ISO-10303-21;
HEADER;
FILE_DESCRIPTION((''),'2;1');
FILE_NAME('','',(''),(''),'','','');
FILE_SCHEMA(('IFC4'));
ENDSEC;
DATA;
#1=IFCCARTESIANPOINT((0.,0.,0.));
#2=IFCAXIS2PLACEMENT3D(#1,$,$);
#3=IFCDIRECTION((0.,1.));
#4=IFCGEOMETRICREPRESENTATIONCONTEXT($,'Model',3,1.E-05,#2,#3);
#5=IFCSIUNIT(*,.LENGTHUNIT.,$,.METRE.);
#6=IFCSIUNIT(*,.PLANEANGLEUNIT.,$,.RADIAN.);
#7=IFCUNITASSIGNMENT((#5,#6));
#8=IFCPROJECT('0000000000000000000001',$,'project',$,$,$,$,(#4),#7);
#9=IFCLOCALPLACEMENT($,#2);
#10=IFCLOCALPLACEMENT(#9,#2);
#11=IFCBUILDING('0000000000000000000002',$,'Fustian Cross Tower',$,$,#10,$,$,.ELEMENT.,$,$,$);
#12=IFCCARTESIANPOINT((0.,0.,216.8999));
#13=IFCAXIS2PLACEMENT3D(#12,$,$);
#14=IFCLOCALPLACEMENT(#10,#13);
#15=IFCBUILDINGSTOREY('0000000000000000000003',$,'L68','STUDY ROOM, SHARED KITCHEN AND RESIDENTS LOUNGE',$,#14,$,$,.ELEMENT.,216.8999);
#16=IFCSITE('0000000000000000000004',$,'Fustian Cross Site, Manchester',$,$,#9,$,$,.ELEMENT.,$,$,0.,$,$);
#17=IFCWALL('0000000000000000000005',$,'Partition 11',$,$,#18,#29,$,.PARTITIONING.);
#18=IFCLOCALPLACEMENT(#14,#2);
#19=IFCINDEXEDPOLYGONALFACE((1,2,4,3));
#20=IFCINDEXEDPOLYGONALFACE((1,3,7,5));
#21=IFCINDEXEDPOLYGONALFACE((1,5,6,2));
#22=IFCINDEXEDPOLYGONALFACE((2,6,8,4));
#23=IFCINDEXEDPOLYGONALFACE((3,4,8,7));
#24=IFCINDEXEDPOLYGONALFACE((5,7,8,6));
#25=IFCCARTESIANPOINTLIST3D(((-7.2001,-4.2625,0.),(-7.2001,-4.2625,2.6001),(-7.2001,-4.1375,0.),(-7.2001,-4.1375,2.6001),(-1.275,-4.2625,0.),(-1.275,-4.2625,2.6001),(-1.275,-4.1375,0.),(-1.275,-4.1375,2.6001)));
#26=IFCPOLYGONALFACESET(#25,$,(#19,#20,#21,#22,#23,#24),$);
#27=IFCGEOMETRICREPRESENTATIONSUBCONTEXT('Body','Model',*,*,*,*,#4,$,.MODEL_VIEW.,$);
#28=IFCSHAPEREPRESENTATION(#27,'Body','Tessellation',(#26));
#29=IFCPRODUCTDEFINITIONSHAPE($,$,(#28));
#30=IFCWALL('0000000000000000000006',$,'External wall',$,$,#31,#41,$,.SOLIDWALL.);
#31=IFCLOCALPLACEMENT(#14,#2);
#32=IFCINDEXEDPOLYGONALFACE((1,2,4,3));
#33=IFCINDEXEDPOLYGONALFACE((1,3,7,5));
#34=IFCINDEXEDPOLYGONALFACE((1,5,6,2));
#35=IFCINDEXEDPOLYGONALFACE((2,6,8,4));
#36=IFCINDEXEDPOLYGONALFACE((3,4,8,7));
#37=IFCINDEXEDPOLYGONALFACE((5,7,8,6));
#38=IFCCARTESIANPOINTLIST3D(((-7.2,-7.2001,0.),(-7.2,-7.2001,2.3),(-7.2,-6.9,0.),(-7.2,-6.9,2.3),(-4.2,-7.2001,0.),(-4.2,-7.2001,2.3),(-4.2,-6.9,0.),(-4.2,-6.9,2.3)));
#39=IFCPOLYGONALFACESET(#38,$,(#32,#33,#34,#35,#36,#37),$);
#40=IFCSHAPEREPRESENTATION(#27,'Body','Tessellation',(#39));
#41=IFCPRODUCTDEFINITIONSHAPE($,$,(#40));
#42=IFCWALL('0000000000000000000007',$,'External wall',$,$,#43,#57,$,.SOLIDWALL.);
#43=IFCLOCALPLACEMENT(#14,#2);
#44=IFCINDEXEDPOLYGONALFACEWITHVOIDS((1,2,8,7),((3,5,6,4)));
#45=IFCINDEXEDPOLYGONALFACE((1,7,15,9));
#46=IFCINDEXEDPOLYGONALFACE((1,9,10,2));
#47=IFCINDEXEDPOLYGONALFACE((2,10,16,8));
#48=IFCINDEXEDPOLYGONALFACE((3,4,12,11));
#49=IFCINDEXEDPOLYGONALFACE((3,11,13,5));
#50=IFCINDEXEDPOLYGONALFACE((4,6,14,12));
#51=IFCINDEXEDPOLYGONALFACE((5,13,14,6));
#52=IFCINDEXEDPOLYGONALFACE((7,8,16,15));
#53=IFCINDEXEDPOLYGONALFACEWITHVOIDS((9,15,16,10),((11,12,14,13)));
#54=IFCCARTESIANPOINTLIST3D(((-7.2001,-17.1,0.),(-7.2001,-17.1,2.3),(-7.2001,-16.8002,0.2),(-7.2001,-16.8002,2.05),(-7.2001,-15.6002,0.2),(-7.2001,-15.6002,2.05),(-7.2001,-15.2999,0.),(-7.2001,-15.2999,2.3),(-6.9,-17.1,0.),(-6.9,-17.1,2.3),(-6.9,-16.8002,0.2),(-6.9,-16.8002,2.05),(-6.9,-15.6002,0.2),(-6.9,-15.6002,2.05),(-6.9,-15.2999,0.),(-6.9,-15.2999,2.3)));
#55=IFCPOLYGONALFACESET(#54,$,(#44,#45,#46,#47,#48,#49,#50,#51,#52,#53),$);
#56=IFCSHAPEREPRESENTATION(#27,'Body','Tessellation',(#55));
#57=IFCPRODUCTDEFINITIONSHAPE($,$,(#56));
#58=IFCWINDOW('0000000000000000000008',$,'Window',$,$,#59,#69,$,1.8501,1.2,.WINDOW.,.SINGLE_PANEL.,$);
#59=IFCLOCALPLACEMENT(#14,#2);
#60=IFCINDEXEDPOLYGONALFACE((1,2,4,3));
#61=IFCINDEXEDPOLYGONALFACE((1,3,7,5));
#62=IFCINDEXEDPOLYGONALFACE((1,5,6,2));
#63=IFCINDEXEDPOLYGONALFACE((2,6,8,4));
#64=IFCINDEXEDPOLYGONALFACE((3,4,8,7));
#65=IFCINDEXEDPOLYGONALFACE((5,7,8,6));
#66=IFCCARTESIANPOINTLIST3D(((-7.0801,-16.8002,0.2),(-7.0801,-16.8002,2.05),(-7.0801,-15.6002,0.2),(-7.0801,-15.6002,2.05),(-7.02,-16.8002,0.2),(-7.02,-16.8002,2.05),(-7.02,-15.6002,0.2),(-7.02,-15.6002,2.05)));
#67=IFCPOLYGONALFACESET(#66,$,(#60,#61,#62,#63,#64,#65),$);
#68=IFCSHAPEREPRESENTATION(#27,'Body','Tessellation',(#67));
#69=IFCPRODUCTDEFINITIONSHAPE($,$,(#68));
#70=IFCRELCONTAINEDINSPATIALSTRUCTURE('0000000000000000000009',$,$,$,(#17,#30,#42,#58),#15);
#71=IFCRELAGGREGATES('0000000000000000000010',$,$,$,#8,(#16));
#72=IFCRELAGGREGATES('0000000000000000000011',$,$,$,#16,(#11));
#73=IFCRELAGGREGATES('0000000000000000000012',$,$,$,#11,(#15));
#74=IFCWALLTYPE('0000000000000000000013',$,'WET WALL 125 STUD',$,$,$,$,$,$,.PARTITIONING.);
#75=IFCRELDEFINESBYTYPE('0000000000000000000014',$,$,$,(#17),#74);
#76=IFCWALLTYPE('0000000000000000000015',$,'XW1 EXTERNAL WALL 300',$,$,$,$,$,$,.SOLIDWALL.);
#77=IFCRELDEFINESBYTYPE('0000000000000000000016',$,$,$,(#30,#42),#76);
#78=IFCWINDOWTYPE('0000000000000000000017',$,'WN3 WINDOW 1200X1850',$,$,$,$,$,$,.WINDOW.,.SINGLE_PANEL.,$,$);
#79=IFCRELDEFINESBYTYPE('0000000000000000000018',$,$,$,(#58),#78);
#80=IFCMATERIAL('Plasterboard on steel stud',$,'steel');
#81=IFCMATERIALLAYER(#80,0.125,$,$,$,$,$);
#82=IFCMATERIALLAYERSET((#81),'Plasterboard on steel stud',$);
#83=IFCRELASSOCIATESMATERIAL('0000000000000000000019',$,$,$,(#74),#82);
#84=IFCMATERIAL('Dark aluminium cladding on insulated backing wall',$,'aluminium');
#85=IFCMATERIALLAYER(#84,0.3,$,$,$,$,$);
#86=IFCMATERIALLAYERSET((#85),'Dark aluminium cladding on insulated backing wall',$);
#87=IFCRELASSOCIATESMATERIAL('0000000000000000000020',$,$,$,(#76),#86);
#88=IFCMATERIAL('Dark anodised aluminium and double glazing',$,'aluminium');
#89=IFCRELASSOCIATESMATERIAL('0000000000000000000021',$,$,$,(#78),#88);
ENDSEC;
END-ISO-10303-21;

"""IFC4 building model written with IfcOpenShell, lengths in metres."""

from ifc_helpers import new_model, si_unit, direction, frame, frame_2d, origin, place, context, subcontext, project, spatial, rectangle, extrude, material, layer, layer_set, type_object, element, fill, save


model = new_model("IFC4")

# Units and contexts
model_context = context("Model", 3, precision=1e-05, world=origin(), true_north=direction((0.0, 1.0)))
body_context = subcontext(model_context, "Body", "Model", "MODEL_VIEW")
ifc_project = project(units=[si_unit("LENGTHUNIT", "METRE"), si_unit("PLANEANGLEUNIT", "RADIAN")], contexts=[model_context])

# Site, building, storey
site_placement = place(None, origin())
site = spatial("IfcSite", under=ifc_project, at=site_placement, Name="Fustian Cross Site, Manchester", CompositionType="ELEMENT", RefElevation=0.0)
building_placement = place(site_placement, origin())
building = spatial("IfcBuilding", under=site, at=building_placement, Name="Fustian Cross Tower", CompositionType="ELEMENT")
storey_placement = place(building_placement, frame((0.0, 0.0, 216.8999)))
storey = spatial("IfcBuildingStorey", under=building, at=storey_placement, Name="L68", Description="STUDY ROOM, SHARED KITCHEN AND RESIDENTS LOUNGE", CompositionType="ELEMENT", Elevation=216.8999)

# Walls
ifc_material_1 = material(Name="Plasterboard on steel stud", Category="steel")
ifc_layer_1 = layer(ifc_material_1, 0.125)
ifc_layer_set_1 = layer_set([ifc_layer_1], Name="Plasterboard on steel stud")
wall_type_1 = type_object("IfcWallType", Name="WET WALL 125 STUD", PredefinedType="PARTITIONING", material=ifc_layer_set_1)
wall_1_placement = place(storey_placement, frame((-7.2, -4.2, 0.0), z_axis=(0.0, 0.0, 1.0), x_axis=(1.0, 0.0, 0.0)))
element("IfcWall", 1, at=wall_1_placement, inside=storey, type_object=wall_type_1, Name="Partition 11", PredefinedType="PARTITIONING", context=body_context, shape_type="SweptSolid", body=[
    extrude(rectangle(XDim=5.925, YDim=0.125, at=frame_2d((2.9624, 0.0))), origin(), (0.0, 0.0, 1.0), 2.6001),
])
ifc_material_2 = material(Name="Dark aluminium cladding on insulated backing wall", Category="aluminium")
ifc_layer_2 = layer(ifc_material_2, 0.3)
ifc_layer_set_2 = layer_set([ifc_layer_2], Name="Dark aluminium cladding on insulated backing wall")
wall_type_2 = type_object("IfcWallType", Name="XW1 EXTERNAL WALL 300", PredefinedType="SOLIDWALL", material=ifc_layer_set_2)
wall_2_placement = place(storey_placement, frame((-7.2, -7.05, 0.0), z_axis=(0.0, 0.0, 1.0), x_axis=(1.0, 0.0, 0.0)))
element("IfcWall", 2, at=wall_2_placement, inside=storey, type_object=wall_type_2, Name="External wall", PredefinedType="SOLIDWALL", context=body_context, shape_type="SweptSolid", body=[
    extrude(rectangle(XDim=3.0, YDim=0.3, at=frame_2d((1.5, 0.0))), origin(), (0.0, 0.0, 1.0), 2.3),
])

# Wall, opening, window
wall_3_placement = place(storey_placement, frame((-7.05, -15.3, 0.0), z_axis=(0.0, 0.0, 1.0), x_axis=(0.0, -1.0, 0.0)))
wall_3 = element("IfcWall", 3, at=wall_3_placement, inside=storey, type_object=wall_type_2, Name="External wall", PredefinedType="SOLIDWALL", context=body_context, shape_type="SweptSolid", body=[
    extrude(rectangle(XDim=1.8, YDim=0.3, at=frame_2d((0.8999, 0.0))), origin(), (0.0, 0.0, 1.0), 2.3),
])
opening_1_placement = place(wall_3_placement, frame((0.3, 0.0, 0.2)))
opening_1 = element("IfcOpeningElement", 4, at=opening_1_placement, cuts=wall_3, PredefinedType="OPENING", context=body_context, shape_type="SweptSolid", body=[
    extrude(rectangle(XDim=1.2, YDim=1.8501, at=frame_2d((0.6001, 0.925))), frame((0.0, 0.1599, 0.0), z_axis=(0.0, -1.0, 0.0), x_axis=(1.0, 0.0, 0.0)), (0.0, 0.0, 1.0), 0.3201),
])
ifc_material_3 = material(Name="Dark anodised aluminium and double glazing", Category="aluminium")
window_type = type_object("IfcWindowType", Name="WN3 WINDOW 1200X1850", PartitioningType="SINGLE_PANEL", PredefinedType="WINDOW", material=ifc_material_3)
window_placement = place(opening_1_placement, origin())
window = element("IfcWindow", 5, at=window_placement, inside=storey, type_object=window_type, Name="Window", OverallHeight=1.8501, OverallWidth=1.2, PartitioningType="SINGLE_PANEL", PredefinedType="WINDOW", context=body_context, shape_type="SweptSolid", body=[
    extrude(rectangle(XDim=1.2, YDim=1.8501, at=frame_2d((0.6001, 0.925))), frame((0.0, 0.03, 0.0), z_axis=(0.0, -1.0, 0.0), x_axis=(1.0, 0.0, 0.0)), (0.0, 0.0, 1.0), 0.0601),
])
fill(opening_1, window)

save(model, "model.ifc")
